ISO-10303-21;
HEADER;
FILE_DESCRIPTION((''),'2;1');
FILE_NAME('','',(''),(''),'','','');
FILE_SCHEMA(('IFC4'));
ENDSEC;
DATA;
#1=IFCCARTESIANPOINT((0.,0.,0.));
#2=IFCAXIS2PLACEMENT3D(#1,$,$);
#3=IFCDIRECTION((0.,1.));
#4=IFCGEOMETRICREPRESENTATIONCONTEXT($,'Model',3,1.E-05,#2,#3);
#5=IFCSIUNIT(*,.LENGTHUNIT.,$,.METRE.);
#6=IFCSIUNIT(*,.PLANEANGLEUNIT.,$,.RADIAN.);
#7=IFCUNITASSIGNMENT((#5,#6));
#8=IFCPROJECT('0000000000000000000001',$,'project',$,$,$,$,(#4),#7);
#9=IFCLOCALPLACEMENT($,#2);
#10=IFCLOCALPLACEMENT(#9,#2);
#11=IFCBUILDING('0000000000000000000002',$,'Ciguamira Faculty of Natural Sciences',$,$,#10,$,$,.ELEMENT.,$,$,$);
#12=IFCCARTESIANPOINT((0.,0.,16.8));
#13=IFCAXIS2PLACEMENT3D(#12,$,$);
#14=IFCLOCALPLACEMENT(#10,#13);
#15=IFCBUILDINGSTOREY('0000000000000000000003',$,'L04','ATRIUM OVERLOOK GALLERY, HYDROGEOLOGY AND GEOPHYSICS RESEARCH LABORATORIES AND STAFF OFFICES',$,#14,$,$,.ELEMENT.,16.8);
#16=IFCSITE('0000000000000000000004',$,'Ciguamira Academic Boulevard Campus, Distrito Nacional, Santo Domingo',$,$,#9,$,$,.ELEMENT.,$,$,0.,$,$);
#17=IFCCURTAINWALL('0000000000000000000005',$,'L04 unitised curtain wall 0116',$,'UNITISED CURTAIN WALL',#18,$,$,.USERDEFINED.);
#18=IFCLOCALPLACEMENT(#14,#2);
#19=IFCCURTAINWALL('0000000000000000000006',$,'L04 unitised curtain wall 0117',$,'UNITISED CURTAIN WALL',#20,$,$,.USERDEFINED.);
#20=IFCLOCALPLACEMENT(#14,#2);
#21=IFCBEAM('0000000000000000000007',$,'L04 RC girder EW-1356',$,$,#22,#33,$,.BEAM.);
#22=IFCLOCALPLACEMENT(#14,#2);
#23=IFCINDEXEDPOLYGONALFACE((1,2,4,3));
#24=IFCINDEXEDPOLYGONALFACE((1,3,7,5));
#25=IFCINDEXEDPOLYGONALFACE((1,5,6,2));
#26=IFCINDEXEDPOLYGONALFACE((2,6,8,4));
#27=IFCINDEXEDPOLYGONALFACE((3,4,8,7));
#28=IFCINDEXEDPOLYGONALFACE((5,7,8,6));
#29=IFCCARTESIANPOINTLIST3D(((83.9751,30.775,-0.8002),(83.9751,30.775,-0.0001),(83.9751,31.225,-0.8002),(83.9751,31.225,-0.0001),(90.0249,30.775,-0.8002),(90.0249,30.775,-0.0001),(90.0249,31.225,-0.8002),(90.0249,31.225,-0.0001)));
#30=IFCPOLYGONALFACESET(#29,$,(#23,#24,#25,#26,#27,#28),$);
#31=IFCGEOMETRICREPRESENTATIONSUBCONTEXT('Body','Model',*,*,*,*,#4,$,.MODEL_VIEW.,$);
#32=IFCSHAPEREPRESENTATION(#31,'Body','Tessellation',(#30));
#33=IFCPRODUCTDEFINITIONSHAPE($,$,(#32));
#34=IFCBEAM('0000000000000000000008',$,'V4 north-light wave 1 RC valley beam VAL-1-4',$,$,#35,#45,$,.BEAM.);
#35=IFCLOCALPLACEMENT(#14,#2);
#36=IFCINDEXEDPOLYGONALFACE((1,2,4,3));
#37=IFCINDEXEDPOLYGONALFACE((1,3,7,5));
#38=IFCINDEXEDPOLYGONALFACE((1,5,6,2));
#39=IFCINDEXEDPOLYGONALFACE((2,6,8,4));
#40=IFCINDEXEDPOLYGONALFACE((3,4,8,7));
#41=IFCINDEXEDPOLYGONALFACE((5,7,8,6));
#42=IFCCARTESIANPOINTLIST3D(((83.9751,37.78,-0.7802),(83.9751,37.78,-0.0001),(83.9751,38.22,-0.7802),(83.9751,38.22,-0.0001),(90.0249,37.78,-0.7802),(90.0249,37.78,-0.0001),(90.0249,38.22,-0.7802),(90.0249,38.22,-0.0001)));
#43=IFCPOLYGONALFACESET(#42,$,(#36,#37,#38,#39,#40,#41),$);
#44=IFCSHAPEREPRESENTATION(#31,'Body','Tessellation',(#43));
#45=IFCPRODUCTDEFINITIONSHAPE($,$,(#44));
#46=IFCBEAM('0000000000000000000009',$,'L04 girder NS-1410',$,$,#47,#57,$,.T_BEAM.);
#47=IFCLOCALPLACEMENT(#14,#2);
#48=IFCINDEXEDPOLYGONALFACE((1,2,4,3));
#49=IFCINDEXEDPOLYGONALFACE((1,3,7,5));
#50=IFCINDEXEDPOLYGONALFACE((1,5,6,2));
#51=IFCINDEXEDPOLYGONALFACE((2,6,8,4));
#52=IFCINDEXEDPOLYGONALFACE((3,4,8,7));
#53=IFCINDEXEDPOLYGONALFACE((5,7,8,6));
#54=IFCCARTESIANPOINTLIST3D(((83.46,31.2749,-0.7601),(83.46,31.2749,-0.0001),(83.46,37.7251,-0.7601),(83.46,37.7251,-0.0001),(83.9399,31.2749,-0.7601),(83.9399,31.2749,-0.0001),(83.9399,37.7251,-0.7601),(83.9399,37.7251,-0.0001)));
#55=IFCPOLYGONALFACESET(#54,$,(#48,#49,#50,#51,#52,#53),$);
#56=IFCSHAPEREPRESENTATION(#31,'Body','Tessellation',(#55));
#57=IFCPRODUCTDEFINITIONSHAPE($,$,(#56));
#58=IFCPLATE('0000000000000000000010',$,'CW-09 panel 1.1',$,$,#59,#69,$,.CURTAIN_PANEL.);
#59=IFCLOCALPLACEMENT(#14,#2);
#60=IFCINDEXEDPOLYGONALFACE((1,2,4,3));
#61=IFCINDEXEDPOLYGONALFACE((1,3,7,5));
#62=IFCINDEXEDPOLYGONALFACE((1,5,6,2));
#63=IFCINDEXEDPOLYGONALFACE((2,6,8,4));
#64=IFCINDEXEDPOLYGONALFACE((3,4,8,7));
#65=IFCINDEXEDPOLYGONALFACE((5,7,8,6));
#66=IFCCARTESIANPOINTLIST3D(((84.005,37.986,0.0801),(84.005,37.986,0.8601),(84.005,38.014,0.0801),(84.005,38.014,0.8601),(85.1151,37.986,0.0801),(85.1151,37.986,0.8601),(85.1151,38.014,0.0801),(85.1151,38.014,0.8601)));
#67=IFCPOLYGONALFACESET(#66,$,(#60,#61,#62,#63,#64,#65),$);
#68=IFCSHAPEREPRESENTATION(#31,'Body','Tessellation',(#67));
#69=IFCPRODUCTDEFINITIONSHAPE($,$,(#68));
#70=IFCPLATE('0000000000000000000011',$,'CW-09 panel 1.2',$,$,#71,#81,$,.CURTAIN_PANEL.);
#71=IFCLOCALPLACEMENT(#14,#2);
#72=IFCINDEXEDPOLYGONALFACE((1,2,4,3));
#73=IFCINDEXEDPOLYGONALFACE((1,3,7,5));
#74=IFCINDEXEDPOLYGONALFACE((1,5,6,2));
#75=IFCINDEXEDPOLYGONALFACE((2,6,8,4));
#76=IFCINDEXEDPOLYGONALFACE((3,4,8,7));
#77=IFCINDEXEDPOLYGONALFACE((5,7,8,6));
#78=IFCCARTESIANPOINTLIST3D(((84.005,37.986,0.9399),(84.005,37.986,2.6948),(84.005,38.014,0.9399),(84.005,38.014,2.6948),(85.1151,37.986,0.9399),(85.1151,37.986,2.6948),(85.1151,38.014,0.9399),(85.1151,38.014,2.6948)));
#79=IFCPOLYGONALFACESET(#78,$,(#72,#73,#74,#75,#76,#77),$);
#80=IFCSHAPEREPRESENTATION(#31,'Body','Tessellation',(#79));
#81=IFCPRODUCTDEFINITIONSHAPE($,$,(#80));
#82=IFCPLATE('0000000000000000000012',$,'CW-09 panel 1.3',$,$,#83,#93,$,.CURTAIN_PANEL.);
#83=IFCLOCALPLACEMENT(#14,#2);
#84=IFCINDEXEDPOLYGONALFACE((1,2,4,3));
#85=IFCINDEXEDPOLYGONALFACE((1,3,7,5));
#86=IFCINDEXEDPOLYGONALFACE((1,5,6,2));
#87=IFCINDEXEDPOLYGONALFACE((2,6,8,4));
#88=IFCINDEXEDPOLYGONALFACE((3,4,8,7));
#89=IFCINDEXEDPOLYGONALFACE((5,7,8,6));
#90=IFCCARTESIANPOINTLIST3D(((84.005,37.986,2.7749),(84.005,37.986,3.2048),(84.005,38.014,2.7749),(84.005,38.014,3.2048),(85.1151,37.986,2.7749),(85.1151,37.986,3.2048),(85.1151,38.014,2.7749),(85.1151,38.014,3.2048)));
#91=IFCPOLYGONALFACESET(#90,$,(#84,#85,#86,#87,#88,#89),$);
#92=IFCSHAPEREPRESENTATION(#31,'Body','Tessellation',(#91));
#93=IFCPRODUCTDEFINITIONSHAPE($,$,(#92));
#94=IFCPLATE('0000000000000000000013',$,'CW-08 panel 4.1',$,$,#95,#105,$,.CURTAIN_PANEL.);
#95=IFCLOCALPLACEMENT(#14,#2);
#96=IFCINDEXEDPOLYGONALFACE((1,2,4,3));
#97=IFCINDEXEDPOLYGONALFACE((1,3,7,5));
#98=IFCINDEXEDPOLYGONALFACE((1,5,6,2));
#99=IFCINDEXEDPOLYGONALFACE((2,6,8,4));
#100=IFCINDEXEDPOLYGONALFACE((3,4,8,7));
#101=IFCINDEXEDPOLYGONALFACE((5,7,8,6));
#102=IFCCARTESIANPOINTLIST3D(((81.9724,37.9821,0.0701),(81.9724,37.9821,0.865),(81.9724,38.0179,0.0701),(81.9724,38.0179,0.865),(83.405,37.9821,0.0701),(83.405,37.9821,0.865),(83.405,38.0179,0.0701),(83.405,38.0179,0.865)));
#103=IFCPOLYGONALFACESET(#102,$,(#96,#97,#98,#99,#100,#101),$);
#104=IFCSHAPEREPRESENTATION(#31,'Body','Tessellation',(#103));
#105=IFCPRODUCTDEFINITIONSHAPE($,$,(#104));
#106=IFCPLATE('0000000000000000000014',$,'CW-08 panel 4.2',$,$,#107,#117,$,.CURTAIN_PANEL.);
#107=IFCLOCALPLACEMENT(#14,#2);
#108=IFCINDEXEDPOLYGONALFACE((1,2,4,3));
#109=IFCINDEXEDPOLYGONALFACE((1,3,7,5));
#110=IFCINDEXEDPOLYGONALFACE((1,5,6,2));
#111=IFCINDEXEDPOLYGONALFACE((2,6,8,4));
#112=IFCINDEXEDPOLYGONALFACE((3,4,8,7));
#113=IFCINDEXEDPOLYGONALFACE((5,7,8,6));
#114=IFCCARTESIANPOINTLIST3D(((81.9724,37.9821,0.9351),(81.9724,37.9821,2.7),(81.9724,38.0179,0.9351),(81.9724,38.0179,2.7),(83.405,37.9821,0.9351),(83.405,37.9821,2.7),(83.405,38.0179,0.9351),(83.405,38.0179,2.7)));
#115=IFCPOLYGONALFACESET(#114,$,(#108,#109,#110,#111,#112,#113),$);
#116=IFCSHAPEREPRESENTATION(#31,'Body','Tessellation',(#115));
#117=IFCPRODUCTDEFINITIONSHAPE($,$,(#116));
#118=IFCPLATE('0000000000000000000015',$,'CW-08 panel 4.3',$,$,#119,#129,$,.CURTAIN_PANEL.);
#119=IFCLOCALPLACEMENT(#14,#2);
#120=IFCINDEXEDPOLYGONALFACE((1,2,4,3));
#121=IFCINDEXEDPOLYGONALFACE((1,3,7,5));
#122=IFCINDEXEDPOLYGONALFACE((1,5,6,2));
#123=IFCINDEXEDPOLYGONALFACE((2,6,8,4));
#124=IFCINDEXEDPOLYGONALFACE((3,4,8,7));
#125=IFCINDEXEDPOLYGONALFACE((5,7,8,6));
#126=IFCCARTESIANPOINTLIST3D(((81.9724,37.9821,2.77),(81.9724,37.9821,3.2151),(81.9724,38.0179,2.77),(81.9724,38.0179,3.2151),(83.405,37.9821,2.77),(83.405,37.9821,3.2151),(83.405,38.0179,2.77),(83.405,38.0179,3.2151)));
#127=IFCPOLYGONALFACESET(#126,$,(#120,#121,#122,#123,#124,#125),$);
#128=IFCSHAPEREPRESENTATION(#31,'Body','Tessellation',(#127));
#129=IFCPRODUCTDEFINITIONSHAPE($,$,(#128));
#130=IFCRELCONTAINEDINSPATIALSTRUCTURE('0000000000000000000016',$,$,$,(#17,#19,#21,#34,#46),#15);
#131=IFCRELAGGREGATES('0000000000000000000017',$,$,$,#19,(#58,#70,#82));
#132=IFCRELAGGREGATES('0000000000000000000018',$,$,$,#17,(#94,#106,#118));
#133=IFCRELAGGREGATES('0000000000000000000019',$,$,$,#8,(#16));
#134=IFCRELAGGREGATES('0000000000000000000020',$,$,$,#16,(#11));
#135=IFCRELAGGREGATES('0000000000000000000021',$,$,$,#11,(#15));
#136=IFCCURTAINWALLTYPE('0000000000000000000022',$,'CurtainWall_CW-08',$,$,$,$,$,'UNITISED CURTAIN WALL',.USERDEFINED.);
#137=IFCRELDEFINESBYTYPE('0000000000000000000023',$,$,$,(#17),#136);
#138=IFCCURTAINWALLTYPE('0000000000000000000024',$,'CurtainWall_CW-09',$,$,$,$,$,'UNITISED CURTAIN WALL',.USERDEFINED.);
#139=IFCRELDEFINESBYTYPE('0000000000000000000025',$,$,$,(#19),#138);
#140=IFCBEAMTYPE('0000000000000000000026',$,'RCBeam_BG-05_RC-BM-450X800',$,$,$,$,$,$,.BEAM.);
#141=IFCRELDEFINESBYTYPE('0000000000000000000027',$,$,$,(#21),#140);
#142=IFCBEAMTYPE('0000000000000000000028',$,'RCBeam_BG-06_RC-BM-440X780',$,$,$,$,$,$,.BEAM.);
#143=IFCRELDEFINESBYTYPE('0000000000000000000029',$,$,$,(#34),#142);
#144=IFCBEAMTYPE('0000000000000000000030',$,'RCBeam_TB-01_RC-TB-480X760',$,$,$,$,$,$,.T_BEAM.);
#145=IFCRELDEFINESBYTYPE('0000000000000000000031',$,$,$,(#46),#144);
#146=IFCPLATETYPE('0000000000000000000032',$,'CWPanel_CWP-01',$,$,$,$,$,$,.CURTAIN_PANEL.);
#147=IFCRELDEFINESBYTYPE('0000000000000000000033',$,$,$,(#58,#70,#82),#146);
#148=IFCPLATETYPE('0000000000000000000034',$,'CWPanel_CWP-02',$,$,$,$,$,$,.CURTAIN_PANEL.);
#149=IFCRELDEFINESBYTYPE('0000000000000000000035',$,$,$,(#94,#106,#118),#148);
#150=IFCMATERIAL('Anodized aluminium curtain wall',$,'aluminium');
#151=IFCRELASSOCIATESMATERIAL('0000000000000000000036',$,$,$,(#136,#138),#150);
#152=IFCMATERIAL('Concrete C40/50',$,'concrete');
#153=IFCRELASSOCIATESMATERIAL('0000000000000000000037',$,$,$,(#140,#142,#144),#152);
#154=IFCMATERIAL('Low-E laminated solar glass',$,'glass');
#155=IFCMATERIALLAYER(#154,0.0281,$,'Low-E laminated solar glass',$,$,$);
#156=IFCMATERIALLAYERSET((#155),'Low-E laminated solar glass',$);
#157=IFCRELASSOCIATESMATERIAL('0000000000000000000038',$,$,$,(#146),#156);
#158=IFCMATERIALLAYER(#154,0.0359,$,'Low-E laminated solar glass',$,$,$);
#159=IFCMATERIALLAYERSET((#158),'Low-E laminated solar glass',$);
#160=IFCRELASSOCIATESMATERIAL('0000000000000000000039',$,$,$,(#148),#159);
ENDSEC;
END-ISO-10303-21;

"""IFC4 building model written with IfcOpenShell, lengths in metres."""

from ifc_helpers import new_model, si_unit, direction, frame, origin, origin_2d, place, context, subcontext, project, spatial, rectangle, extrude, material, layer, layer_set, material_profile, profile_set, type_object, element, aggregate, save


model = new_model("IFC4")

# Units and contexts
model_context = context("Model", 3, precision=1e-05, world=origin(), true_north=direction((0.0, 1.0)))
body_context = subcontext(model_context, "Body", "Model", "MODEL_VIEW")
ifc_project = project(units=[si_unit("LENGTHUNIT", "METRE"), si_unit("PLANEANGLEUNIT", "RADIAN")], contexts=[model_context])

# Site, building, storey
site_placement = place(None, origin())
site = spatial("IfcSite", under=ifc_project, at=site_placement, Name="Ciguamira Academic Boulevard Campus, Distrito Nacional, Santo Domingo", CompositionType="ELEMENT", RefElevation=0.0)
building_placement = place(site_placement, origin())
building = spatial("IfcBuilding", under=site, at=building_placement, Name="Ciguamira Faculty of Natural Sciences", CompositionType="ELEMENT")
storey_placement = place(building_placement, frame((0.0, 0.0, 16.8)))
storey = spatial("IfcBuildingStorey", under=building, at=storey_placement, Name="L04", Description="ATRIUM OVERLOOK GALLERY, HYDROGEOLOGY AND GEOPHYSICS RESEARCH LABORATORIES AND STAFF OFFICES", CompositionType="ELEMENT", Elevation=16.8)

# Shared definitions
ifc_material_1 = material(Name="Concrete C40/50", Category="concrete")

# Curtain walls
ifc_material_2 = material(Name="Anodized aluminium curtain wall", Category="aluminium")
curtain_wall_type_1 = type_object("IfcCurtainWallType", Name="CurtainWall_CW-08", ElementType="UNITISED CURTAIN WALL", PredefinedType="USERDEFINED", material=ifc_material_2)
curtain_wall_1_placement = place(storey_placement, origin())
curtain_wall_1 = element("IfcCurtainWall", 1, at=curtain_wall_1_placement, inside=storey, type_object=curtain_wall_type_1, Name="L04 unitised curtain wall 0116", ObjectType="UNITISED CURTAIN WALL", PredefinedType="USERDEFINED")
curtain_wall_type_2 = type_object("IfcCurtainWallType", Name="CurtainWall_CW-09", ElementType="UNITISED CURTAIN WALL", PredefinedType="USERDEFINED", material=ifc_material_2)
curtain_wall_2_placement = place(storey_placement, origin())
curtain_wall_2 = element("IfcCurtainWall", 2, at=curtain_wall_2_placement, inside=storey, type_object=curtain_wall_type_2, Name="L04 unitised curtain wall 0117", ObjectType="UNITISED CURTAIN WALL", PredefinedType="USERDEFINED")

# Beams
ifc_material_profile_1 = material_profile(ifc_material_1, rectangle(XDim=0.45, YDim=0.8, at=origin_2d()), Name="RC-BM-450X800")
ifc_profile_set_1 = profile_set([ifc_material_profile_1], Name="Concrete C40/50")
beam_type_1 = type_object("IfcBeamType", Name="RCBeam_BG-05_RC-BM-450X800", PredefinedType="BEAM", material=ifc_profile_set_1)
beam_1_placement = place(storey_placement, frame((83.9751, 31.0, -0.4001), z_axis=(1.0, 0.0, 0.0), x_axis=(0.0, 1.0, 0.0)))
element("IfcBeam", 3, at=beam_1_placement, inside=storey, type_object=beam_type_1, Name="L04 RC girder EW-1356", PredefinedType="BEAM", context=body_context, shape_type="SweptSolid", body=[
    extrude(rectangle(XDim=0.45, YDim=0.8, at=origin_2d()), origin(), (0.0, 0.0, 1.0), 6.0498),
])
ifc_material_profile_2 = material_profile(ifc_material_1, rectangle(XDim=0.4399, YDim=0.78, at=origin_2d()), Name="RC-BM-440X780")
ifc_profile_set_2 = profile_set([ifc_material_profile_2], Name="Concrete C40/50")
beam_type_2 = type_object("IfcBeamType", Name="RCBeam_BG-06_RC-BM-440X780", PredefinedType="BEAM", material=ifc_profile_set_2)
beam_2_placement = place(storey_placement, frame((83.9751, 38.0, -0.3901), z_axis=(1.0, 0.0, 0.0), x_axis=(0.0, 1.0, 0.0)))
element("IfcBeam", 4, at=beam_2_placement, inside=storey, type_object=beam_type_2, Name="V4 north-light wave 1 RC valley beam VAL-1-4", PredefinedType="BEAM", context=body_context, shape_type="SweptSolid", body=[
    extrude(rectangle(XDim=0.4399, YDim=0.78, at=origin_2d()), origin(), (0.0, 0.0, 1.0), 6.0498),
])
ifc_material_profile_3 = material_profile(ifc_material_1, rectangle(XDim=0.48, YDim=0.76, at=origin_2d()), Name="RC-TB-480X760")
ifc_profile_set_3 = profile_set([ifc_material_profile_3], Name="Concrete C40/50")
beam_type_3 = type_object("IfcBeamType", Name="RCBeam_TB-01_RC-TB-480X760", PredefinedType="T_BEAM", material=ifc_profile_set_3)
beam_3_placement = place(storey_placement, frame((83.7, 31.2749, -0.3801), z_axis=(0.0, 1.0, 0.0), x_axis=(-1.0, 0.0, 0.0)))
element("IfcBeam", 5, at=beam_3_placement, inside=storey, type_object=beam_type_3, Name="L04 girder NS-1410", PredefinedType="T_BEAM", context=body_context, shape_type="SweptSolid", body=[
    extrude(rectangle(XDim=0.48, YDim=0.76, at=origin_2d()), origin(), (0.0, 0.0, 1.0), 6.4502),
])

# Plates
ifc_material_3 = material(Name="Low-E laminated solar glass", Category="glass")
ifc_layer_1 = layer(ifc_material_3, 0.0281, Name="Low-E laminated solar glass")
ifc_layer_set_1 = layer_set([ifc_layer_1], Name="Low-E laminated solar glass")
plate_type_1 = type_object("IfcPlateType", Name="CWPanel_CWP-01", PredefinedType="CURTAIN_PANEL", material=ifc_layer_set_1)
plate_1_placement = place(storey_placement, frame((84.5601, 38.0, 0.0801), z_axis=(0.0, 0.0, 1.0), x_axis=(1.0, 0.0, 0.0)))
plate_1 = element("IfcPlate", 6, at=plate_1_placement, type_object=plate_type_1, Name="CW-09 panel 1.1", PredefinedType="CURTAIN_PANEL", context=body_context, shape_type="SweptSolid", body=[
    extrude(rectangle(XDim=1.1101, YDim=0.0281, at=origin_2d()), origin(), (0.0, 0.0, 1.0), 0.78),
])
plate_2_placement = place(storey_placement, frame((84.5601, 38.0, 0.9399), z_axis=(0.0, 0.0, 1.0), x_axis=(1.0, 0.0, 0.0)))
plate_2 = element("IfcPlate", 7, at=plate_2_placement, type_object=plate_type_1, Name="CW-09 panel 1.2", PredefinedType="CURTAIN_PANEL", context=body_context, shape_type="SweptSolid", body=[
    extrude(rectangle(XDim=1.1101, YDim=0.0281, at=origin_2d()), origin(), (0.0, 0.0, 1.0), 1.7549),
])
plate_3_placement = place(storey_placement, frame((84.5601, 38.0, 2.7749), z_axis=(0.0, 0.0, 1.0), x_axis=(1.0, 0.0, 0.0)))
plate_3 = element("IfcPlate", 8, at=plate_3_placement, type_object=plate_type_1, Name="CW-09 panel 1.3", PredefinedType="CURTAIN_PANEL", context=body_context, shape_type="SweptSolid", body=[
    extrude(rectangle(XDim=1.1101, YDim=0.0281, at=origin_2d()), origin(), (0.0, 0.0, 1.0), 0.4299),
])
aggregate(curtain_wall_2, [plate_1, plate_2, plate_3])
ifc_layer_2 = layer(ifc_material_3, 0.0359, Name="Low-E laminated solar glass")
ifc_layer_set_2 = layer_set([ifc_layer_2], Name="Low-E laminated solar glass")
plate_type_2 = type_object("IfcPlateType", Name="CWPanel_CWP-02", PredefinedType="CURTAIN_PANEL", material=ifc_layer_set_2)
plate_4_placement = place(storey_placement, frame((82.6887, 38.0, 0.0701), z_axis=(0.0, 0.0, 1.0), x_axis=(1.0, 0.0, 0.0)))
plate_4 = element("IfcPlate", 9, at=plate_4_placement, type_object=plate_type_2, Name="CW-08 panel 4.1", PredefinedType="CURTAIN_PANEL", context=body_context, shape_type="SweptSolid", body=[
    extrude(rectangle(XDim=1.4326, YDim=0.0359, at=origin_2d()), origin(), (0.0, 0.0, 1.0), 0.7949),
])
plate_5_placement = place(storey_placement, frame((82.6887, 38.0, 0.9351), z_axis=(0.0, 0.0, 1.0), x_axis=(1.0, 0.0, 0.0)))
plate_5 = element("IfcPlate", 10, at=plate_5_placement, type_object=plate_type_2, Name="CW-08 panel 4.2", PredefinedType="CURTAIN_PANEL", context=body_context, shape_type="SweptSolid", body=[
    extrude(rectangle(XDim=1.4326, YDim=0.0359, at=origin_2d()), origin(), (0.0, 0.0, 1.0), 1.7649),
])
plate_6_placement = place(storey_placement, frame((82.6887, 38.0, 2.77), z_axis=(0.0, 0.0, 1.0), x_axis=(1.0, 0.0, 0.0)))
plate_6 = element("IfcPlate", 11, at=plate_6_placement, type_object=plate_type_2, Name="CW-08 panel 4.3", PredefinedType="CURTAIN_PANEL", context=body_context, shape_type="SweptSolid", body=[
    extrude(rectangle(XDim=1.4326, YDim=0.0359, at=origin_2d()), origin(), (0.0, 0.0, 1.0), 0.4451),
])
aggregate(curtain_wall_1, [plate_4, plate_5, plate_6])

save(model, "model.ifc")
